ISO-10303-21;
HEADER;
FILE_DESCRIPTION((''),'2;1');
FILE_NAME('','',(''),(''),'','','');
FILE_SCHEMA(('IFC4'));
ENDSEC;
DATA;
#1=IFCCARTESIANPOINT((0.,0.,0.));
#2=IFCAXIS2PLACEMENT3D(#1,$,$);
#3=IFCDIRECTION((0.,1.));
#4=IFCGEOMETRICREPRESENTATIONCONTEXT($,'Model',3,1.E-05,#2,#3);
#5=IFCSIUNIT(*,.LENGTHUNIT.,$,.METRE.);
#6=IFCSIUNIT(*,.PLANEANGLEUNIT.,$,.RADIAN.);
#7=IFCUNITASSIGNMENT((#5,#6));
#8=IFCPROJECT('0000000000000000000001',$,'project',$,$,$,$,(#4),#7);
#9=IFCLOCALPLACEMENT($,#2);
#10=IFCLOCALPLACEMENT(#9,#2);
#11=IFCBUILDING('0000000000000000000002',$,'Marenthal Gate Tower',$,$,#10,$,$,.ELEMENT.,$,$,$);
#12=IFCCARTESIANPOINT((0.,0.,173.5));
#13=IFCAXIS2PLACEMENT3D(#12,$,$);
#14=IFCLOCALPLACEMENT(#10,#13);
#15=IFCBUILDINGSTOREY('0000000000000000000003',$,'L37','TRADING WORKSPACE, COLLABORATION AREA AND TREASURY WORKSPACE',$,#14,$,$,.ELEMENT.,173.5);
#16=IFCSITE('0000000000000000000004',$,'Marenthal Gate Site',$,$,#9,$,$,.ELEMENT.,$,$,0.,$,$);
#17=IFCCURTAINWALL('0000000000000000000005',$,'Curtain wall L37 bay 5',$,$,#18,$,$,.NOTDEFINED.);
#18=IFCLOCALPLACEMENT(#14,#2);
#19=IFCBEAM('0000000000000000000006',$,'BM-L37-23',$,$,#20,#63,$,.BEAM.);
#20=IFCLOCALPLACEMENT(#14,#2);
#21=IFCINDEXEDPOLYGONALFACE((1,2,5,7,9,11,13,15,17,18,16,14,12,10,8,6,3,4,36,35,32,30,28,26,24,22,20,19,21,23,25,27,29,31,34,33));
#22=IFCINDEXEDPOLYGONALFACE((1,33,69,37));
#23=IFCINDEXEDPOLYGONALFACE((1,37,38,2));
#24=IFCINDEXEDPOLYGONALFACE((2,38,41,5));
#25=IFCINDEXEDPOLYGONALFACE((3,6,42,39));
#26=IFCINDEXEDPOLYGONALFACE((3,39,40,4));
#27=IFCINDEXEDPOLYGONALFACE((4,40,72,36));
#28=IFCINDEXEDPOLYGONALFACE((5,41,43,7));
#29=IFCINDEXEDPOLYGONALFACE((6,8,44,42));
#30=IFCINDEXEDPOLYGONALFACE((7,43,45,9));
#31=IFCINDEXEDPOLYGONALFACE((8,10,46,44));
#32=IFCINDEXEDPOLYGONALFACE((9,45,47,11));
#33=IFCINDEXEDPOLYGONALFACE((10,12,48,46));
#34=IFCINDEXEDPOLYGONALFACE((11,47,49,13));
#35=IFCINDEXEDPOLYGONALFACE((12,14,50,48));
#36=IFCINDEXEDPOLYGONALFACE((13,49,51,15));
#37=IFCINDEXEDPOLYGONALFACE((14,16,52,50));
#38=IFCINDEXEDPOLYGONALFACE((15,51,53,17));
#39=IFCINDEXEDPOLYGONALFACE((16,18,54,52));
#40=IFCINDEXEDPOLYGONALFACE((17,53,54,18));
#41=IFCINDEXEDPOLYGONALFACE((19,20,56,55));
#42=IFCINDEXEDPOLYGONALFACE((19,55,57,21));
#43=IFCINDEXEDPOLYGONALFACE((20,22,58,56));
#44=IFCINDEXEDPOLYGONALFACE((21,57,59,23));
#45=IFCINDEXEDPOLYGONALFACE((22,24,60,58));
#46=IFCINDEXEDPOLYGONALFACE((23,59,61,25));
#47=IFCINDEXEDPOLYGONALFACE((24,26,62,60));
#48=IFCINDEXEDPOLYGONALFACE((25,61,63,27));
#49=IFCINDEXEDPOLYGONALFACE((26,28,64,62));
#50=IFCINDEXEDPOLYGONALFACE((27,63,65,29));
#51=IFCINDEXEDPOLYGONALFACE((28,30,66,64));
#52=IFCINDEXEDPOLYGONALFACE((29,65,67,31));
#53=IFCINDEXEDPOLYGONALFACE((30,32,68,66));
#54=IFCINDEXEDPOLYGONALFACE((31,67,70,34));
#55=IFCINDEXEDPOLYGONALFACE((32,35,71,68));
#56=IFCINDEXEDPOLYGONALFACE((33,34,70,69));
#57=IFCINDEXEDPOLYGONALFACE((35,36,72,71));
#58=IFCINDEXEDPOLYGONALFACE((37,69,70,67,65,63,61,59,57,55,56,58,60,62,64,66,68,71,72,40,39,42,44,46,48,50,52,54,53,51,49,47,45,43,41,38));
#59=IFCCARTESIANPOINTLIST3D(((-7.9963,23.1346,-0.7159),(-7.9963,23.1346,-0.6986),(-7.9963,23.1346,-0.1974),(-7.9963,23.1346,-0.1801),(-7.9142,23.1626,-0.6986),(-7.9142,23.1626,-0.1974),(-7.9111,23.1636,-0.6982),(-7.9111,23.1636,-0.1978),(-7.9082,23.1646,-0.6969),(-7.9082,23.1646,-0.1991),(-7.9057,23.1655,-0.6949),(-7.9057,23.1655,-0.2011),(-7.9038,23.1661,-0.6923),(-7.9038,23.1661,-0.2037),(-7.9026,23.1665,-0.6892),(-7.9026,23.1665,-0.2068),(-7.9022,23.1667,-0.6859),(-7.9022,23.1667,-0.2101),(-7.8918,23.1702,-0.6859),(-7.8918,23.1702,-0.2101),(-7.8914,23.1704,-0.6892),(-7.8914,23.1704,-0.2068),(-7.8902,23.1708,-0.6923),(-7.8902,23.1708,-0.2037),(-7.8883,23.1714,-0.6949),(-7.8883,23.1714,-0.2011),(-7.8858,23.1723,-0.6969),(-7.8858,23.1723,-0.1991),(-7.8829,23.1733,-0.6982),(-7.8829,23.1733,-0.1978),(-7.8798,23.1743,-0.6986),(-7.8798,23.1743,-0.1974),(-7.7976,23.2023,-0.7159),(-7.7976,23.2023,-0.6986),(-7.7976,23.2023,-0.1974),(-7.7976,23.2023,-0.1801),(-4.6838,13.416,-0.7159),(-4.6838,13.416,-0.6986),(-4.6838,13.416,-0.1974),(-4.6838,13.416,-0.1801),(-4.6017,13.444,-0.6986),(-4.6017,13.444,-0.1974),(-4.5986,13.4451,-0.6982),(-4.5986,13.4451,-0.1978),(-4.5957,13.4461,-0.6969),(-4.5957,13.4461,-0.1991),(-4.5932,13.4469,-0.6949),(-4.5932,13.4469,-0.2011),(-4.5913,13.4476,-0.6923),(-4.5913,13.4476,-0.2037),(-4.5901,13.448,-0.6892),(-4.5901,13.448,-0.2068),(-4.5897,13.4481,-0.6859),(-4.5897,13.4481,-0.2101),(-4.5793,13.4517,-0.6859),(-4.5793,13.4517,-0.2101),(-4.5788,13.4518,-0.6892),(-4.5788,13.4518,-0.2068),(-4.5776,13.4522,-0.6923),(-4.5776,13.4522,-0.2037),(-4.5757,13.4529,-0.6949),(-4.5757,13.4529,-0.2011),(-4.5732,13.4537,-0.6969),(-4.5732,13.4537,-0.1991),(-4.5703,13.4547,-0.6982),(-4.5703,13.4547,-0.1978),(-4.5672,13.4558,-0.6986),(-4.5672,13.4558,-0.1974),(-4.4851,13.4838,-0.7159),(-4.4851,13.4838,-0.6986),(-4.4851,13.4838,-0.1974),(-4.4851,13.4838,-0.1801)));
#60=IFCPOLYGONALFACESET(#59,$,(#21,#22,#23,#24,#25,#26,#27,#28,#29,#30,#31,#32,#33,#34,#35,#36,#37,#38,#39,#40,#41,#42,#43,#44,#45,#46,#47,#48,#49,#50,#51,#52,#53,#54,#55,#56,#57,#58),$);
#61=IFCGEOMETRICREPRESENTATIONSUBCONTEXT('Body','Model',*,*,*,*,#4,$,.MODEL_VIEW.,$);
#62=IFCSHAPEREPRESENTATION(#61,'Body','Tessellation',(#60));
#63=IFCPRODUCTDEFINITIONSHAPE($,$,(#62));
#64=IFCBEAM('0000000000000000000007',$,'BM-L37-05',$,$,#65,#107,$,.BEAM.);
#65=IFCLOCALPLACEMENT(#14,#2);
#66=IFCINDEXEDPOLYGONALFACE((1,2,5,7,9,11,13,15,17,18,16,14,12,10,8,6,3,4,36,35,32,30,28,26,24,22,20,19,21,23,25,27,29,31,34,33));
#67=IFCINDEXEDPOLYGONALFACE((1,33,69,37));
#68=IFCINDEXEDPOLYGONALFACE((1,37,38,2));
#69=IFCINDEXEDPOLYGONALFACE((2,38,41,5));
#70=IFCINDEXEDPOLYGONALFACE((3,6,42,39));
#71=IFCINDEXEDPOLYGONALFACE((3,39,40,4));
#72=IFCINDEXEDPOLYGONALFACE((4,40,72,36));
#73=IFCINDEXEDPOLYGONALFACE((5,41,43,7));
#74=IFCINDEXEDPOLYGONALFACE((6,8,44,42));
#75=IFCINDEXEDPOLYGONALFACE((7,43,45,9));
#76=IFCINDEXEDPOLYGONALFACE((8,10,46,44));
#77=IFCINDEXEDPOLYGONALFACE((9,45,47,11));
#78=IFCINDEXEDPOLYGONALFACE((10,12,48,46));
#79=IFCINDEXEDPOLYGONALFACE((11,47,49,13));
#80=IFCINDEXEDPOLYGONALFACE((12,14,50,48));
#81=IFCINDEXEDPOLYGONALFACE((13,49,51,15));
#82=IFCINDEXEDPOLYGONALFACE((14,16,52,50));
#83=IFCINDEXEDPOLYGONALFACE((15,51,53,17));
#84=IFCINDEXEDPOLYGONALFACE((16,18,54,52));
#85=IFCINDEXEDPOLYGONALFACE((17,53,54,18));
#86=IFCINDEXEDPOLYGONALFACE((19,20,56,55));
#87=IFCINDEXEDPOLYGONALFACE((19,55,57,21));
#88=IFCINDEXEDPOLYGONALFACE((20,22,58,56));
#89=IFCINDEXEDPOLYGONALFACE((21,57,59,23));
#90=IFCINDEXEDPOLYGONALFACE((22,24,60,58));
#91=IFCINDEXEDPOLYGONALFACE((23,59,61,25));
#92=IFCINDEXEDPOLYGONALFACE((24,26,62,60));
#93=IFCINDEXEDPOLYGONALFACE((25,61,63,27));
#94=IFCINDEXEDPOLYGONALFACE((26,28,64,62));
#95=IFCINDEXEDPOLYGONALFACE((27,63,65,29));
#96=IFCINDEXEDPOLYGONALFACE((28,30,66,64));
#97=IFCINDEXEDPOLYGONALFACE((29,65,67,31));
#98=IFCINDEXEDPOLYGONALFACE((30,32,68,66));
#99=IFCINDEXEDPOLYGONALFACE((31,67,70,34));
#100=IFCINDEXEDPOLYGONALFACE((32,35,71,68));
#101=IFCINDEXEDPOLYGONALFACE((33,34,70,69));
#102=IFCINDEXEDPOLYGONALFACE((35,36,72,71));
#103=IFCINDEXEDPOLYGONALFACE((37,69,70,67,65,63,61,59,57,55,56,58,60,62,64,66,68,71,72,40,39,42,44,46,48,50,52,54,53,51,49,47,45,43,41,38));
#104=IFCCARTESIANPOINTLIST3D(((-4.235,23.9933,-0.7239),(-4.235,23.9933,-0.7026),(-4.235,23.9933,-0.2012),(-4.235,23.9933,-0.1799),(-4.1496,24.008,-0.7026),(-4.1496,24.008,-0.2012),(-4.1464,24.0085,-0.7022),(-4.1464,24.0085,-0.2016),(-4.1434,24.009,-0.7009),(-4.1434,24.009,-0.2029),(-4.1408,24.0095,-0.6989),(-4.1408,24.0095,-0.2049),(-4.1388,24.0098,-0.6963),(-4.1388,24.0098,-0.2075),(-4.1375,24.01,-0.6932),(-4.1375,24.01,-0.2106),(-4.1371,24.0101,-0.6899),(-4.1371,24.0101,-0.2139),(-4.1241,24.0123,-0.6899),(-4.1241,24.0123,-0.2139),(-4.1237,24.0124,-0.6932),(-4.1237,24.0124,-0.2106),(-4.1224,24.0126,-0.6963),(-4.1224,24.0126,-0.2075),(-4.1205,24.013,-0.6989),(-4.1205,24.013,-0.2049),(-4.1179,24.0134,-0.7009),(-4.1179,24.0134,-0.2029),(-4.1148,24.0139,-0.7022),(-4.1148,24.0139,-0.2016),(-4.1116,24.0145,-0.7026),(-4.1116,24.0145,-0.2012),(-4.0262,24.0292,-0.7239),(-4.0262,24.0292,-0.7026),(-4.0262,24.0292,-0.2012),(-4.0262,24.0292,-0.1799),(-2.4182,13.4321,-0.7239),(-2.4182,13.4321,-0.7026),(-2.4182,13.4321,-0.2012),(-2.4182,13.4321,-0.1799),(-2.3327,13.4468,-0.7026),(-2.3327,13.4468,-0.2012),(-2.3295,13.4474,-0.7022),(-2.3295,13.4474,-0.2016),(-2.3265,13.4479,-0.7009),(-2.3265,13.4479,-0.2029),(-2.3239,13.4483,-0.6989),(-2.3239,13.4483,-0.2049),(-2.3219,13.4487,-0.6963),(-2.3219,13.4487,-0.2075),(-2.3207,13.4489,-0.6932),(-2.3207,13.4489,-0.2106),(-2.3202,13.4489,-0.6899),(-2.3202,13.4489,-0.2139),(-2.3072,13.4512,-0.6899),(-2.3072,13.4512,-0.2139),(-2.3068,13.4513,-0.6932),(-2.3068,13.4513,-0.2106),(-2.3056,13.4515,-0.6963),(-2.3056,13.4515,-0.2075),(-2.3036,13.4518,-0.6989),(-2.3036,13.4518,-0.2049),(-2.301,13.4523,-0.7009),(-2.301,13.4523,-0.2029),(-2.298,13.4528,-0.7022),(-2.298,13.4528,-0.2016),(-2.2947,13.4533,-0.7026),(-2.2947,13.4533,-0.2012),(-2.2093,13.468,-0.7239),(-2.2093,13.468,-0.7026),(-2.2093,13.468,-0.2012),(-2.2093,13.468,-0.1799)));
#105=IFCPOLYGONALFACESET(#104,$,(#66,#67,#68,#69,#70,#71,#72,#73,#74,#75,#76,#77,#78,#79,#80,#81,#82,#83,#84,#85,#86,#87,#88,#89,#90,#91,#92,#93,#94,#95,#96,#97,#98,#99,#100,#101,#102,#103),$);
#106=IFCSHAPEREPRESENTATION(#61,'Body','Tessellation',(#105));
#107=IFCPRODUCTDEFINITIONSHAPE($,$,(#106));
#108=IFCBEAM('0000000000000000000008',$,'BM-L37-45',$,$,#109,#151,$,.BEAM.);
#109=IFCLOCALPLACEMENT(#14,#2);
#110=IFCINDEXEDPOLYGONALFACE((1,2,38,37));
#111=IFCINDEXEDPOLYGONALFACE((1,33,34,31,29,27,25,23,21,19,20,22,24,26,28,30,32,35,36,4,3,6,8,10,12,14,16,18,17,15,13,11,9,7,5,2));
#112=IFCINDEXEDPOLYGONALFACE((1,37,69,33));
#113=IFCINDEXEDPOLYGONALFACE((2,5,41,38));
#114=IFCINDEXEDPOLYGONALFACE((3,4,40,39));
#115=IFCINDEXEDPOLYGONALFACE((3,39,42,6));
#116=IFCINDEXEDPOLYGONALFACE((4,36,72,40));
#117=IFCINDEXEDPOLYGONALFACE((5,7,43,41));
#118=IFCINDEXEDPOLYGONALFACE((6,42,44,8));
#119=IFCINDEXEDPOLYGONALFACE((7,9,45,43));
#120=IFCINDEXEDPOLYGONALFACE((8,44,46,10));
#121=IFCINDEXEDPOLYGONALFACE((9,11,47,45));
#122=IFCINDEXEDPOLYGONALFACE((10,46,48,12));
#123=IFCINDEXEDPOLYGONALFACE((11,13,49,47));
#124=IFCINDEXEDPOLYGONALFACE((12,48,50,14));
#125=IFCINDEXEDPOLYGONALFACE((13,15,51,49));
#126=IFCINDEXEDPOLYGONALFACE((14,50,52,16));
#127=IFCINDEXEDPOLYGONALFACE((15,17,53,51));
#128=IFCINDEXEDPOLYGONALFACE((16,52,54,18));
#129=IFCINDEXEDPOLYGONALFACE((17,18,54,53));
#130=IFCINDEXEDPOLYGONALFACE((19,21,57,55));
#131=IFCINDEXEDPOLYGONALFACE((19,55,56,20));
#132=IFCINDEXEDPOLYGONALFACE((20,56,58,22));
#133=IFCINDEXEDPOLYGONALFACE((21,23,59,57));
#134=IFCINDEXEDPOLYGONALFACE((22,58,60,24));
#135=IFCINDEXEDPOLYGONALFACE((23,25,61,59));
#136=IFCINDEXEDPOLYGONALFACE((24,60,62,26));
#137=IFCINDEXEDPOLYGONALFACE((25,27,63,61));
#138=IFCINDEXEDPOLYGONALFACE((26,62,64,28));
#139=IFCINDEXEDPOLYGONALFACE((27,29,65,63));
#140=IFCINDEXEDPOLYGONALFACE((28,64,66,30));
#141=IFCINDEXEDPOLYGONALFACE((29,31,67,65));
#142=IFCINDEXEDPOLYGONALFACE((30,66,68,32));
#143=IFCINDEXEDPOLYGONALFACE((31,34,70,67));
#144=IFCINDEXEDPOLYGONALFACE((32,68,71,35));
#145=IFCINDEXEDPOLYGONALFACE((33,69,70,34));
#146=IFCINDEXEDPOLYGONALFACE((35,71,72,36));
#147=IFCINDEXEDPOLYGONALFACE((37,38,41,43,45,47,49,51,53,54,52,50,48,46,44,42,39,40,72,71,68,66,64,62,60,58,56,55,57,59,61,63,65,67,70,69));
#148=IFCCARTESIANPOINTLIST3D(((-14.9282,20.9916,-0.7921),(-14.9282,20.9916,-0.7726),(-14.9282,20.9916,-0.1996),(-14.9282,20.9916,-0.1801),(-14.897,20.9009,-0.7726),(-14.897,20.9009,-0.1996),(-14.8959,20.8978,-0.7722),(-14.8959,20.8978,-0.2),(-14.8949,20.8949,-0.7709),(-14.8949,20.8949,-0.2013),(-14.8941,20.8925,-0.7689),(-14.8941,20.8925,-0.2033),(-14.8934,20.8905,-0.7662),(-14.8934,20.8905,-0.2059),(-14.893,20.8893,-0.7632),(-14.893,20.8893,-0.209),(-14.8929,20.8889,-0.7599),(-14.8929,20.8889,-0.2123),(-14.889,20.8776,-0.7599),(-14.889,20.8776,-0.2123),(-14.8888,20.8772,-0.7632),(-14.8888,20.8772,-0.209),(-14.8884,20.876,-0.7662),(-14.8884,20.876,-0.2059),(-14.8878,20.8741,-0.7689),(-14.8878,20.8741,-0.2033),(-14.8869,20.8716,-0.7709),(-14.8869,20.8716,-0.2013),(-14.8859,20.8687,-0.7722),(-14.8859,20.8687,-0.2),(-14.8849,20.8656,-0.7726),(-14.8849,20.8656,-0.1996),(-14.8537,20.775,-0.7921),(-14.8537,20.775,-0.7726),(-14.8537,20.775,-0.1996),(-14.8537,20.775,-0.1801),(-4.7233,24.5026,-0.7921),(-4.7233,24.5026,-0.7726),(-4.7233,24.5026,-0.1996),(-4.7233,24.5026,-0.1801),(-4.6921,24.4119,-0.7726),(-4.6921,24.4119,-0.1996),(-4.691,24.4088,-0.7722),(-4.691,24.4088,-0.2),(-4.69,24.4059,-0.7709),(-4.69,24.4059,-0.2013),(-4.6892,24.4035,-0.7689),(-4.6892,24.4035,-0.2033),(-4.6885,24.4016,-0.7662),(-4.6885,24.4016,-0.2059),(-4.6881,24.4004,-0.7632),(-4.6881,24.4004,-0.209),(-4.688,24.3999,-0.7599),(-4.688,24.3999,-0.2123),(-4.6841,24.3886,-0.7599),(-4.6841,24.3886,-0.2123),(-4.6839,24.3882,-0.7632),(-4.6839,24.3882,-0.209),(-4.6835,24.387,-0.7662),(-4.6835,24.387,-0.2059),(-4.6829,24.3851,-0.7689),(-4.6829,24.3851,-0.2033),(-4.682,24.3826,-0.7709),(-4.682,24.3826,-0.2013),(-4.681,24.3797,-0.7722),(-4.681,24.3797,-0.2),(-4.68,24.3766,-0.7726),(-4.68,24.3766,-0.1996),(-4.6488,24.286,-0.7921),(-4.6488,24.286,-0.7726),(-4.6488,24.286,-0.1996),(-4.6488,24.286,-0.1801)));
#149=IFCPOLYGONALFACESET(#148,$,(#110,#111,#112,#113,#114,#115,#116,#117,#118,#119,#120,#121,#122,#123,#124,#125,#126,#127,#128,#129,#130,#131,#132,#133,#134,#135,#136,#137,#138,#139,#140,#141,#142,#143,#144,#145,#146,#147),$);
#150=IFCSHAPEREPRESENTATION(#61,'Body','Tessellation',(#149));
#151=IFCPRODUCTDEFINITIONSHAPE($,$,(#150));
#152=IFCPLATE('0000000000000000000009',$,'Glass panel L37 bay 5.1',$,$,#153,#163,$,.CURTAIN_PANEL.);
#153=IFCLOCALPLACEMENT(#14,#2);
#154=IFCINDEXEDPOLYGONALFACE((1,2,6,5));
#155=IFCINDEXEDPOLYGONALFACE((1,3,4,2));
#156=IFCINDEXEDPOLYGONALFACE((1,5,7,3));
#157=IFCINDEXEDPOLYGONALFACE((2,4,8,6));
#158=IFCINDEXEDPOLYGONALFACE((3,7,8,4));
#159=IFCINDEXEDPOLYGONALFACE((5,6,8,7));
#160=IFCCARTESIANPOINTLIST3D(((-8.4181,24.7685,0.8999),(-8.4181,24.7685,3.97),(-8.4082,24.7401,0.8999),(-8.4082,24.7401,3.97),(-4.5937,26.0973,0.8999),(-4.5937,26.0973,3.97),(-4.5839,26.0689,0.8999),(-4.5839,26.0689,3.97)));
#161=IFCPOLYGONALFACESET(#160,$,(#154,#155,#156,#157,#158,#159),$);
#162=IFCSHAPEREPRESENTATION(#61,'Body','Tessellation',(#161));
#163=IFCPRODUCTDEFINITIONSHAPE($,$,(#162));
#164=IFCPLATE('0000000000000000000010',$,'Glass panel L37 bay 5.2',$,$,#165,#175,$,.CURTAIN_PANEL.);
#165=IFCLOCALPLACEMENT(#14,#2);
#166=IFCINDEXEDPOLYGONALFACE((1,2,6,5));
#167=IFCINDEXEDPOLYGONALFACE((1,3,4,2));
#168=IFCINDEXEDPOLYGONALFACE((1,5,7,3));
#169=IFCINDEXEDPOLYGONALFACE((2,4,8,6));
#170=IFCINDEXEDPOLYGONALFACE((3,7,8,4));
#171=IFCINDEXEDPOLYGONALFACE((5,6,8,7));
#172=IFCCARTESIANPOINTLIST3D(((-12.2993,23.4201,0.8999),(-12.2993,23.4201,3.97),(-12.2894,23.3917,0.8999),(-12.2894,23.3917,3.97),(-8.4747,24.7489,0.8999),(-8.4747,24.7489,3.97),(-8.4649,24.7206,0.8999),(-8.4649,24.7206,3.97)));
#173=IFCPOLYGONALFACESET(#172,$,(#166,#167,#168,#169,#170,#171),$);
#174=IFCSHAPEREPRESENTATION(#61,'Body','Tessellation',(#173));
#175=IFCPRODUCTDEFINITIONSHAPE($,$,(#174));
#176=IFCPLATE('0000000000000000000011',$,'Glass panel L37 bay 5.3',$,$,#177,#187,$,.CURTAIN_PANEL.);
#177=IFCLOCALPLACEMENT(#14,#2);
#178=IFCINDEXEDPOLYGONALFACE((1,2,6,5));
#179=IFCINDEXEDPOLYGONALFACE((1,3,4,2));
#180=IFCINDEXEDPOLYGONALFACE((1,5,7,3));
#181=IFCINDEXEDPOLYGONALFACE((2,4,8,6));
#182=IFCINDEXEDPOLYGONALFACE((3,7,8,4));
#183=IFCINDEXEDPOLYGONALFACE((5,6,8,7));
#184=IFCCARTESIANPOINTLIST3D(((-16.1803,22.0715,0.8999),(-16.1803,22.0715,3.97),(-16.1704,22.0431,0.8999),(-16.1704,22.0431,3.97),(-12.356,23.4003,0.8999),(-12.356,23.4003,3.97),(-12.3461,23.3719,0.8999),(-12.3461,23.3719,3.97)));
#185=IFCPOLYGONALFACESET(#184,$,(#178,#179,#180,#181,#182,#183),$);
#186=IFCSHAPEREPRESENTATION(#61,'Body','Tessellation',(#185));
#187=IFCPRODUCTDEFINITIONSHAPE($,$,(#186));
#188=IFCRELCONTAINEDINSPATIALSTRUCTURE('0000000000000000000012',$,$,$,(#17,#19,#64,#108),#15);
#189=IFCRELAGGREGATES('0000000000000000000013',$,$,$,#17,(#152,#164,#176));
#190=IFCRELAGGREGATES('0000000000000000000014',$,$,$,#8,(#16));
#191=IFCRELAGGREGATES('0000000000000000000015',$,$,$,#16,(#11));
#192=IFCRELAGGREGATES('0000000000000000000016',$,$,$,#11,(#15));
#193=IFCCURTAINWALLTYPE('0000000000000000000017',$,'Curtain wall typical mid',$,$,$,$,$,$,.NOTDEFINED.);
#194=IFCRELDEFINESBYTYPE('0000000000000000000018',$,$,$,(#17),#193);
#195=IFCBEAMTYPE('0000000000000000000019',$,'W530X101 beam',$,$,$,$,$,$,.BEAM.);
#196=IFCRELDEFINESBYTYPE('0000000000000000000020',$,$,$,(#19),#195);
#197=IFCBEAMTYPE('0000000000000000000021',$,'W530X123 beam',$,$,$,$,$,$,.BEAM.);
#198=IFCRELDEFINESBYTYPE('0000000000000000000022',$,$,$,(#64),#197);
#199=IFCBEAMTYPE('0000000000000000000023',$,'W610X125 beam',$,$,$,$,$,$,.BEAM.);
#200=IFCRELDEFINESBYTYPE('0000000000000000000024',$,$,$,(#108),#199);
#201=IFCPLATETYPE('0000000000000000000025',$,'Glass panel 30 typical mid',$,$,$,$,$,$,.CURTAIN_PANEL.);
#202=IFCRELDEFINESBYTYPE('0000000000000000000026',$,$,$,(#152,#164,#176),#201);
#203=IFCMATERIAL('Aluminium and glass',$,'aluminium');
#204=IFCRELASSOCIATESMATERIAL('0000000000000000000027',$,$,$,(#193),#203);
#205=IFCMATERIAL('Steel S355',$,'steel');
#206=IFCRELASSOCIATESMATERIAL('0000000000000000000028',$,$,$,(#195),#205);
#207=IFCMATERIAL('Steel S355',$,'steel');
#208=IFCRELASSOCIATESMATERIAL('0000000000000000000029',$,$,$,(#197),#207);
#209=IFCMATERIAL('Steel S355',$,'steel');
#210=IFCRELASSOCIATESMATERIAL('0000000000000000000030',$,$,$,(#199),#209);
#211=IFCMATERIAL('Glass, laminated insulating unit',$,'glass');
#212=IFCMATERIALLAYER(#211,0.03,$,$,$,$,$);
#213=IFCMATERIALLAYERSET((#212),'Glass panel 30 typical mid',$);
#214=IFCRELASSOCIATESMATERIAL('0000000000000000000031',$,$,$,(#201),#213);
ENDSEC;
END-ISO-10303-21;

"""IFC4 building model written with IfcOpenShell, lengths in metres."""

from ifc_helpers import new_model, si_unit, direction, frame, origin, origin_2d, place, context, subcontext, project, spatial, rectangle, i_section, extrude, material, layer, layer_set, material_profile, profile_set, type_object, element, aggregate, save


model = new_model("IFC4")

# Units and contexts
model_context = context("Model", 3, precision=1e-05, world=origin(), true_north=direction((0.0, 1.0)))
body_context = subcontext(model_context, "Body", "Model", "MODEL_VIEW")
ifc_project = project(units=[si_unit("LENGTHUNIT", "METRE"), si_unit("PLANEANGLEUNIT", "RADIAN")], contexts=[model_context])

# Site, building, storey
site_placement = place(None, origin())
site = spatial("IfcSite", under=ifc_project, at=site_placement, Name="Marenthal Gate Site", CompositionType="ELEMENT", RefElevation=0.0)
building_placement = place(site_placement, origin())
building = spatial("IfcBuilding", under=site, at=building_placement, Name="Marenthal Gate Tower", CompositionType="ELEMENT")
storey_placement = place(building_placement, frame((0.0, 0.0, 173.5)))
storey = spatial("IfcBuildingStorey", under=building, at=storey_placement, Name="L37", Description="TRADING WORKSPACE, COLLABORATION AREA AND TREASURY WORKSPACE", CompositionType="ELEMENT", Elevation=173.5)

# Curtain wall
ifc_material_1 = material(Name="Aluminium and glass", Category="aluminium")
curtain_wall_type = type_object("IfcCurtainWallType", Name="Curtain wall typical mid", PredefinedType="NOTDEFINED", material=ifc_material_1)
curtain_wall_placement = place(storey_placement, origin())
curtain_wall = element("IfcCurtainWall", 1, at=curtain_wall_placement, inside=storey, type_object=curtain_wall_type, Name="Curtain wall L37 bay 5", PredefinedType="NOTDEFINED")

# Beams
ifc_material_2 = material(Name="Steel S355", Category="steel")
ifc_material_profile_1 = material_profile(ifc_material_2, i_section(OverallWidth=0.21, OverallDepth=0.5359, WebThickness=0.011, FlangeThickness=0.0173, FilletRadius=0.0127, at=origin_2d()), Name="W530X101")
ifc_profile_set_1 = profile_set([ifc_material_profile_1], Name="Steel S355")
beam_type_1 = type_object("IfcBeamType", Name="W530X101 beam", PredefinedType="BEAM", material=ifc_profile_set_1)
beam_1_placement = place(storey_placement, frame((-7.897, 23.1685, -0.448), z_axis=(0.322619, -0.946529, 0.0), x_axis=(0.946529, 0.322619, 0.0)))
element("IfcBeam", 2, at=beam_1_placement, inside=storey, type_object=beam_type_1, Name="BM-L37-23", PredefinedType="BEAM", context=body_context, shape_type="SweptSolid", body=[
    extrude(i_section(OverallWidth=0.21, OverallDepth=0.5359, WebThickness=0.011, FlangeThickness=0.0173, FilletRadius=0.0127, at=origin_2d()), origin(), (0.0, 0.0, 1.0), 10.2676),
])
ifc_material_3 = material(Name="Steel S355", Category="steel")
ifc_material_profile_2 = material_profile(ifc_material_3, i_section(OverallWidth=0.2119, OverallDepth=0.5439, WebThickness=0.0132, FlangeThickness=0.0212, FilletRadius=0.0127, at=origin_2d()), Name="W530X123")
ifc_profile_set_2 = profile_set([ifc_material_profile_2], Name="Steel S355")
beam_type_2 = type_object("IfcBeamType", Name="W530X123 beam", PredefinedType="BEAM", material=ifc_profile_set_2)
beam_2_placement = place(storey_placement, frame((-4.1306, 24.0112, -0.4519), z_axis=(0.169543, -0.985523, 0.0), x_axis=(0.985523, 0.169543, 0.0)))
element("IfcBeam", 3, at=beam_2_placement, inside=storey, type_object=beam_type_2, Name="BM-L37-05", PredefinedType="BEAM", context=body_context, shape_type="SweptSolid", body=[
    extrude(i_section(OverallWidth=0.2119, OverallDepth=0.5439, WebThickness=0.0132, FlangeThickness=0.0212, FilletRadius=0.0127, at=origin_2d()), origin(), (0.0, 0.0, 1.0), 10.7163),
])
ifc_material_4 = material(Name="Steel S355", Category="steel")
ifc_material_profile_3 = material_profile(ifc_material_4, i_section(OverallWidth=0.229, OverallDepth=0.6121, WebThickness=0.012, FlangeThickness=0.0195, FilletRadius=0.0127, at=origin_2d()), Name="W610X125")
ifc_profile_set_3 = profile_set([ifc_material_profile_3], Name="Steel S355")
beam_type_3 = type_object("IfcBeamType", Name="W610X125 beam", PredefinedType="BEAM", material=ifc_profile_set_3)
beam_3_placement = place(storey_placement, frame((-4.686, 24.3943, -0.4861), z_axis=(-0.945599, -0.325335, 0.0), x_axis=(0.325335, -0.945599, 0.0)))
element("IfcBeam", 4, at=beam_3_placement, inside=storey, type_object=beam_type_3, Name="BM-L37-45", PredefinedType="BEAM", context=body_context, shape_type="SweptSolid", body=[
    extrude(i_section(OverallWidth=0.229, OverallDepth=0.6121, WebThickness=0.012, FlangeThickness=0.0195, FilletRadius=0.0127, at=origin_2d()), origin(), (0.0, 0.0, 1.0), 10.792),
])

# Plates
ifc_material_5 = material(Name="Glass, laminated insulating unit", Category="glass")
ifc_layer_1 = layer(ifc_material_5, 0.03)
ifc_layer_set_1 = layer_set([ifc_layer_1], Name="Glass panel 30 typical mid")
plate_type = type_object("IfcPlateType", Name="Glass panel 30 typical mid", PredefinedType="CURTAIN_PANEL", material=ifc_layer_set_1)
plate_1_placement = place(storey_placement, frame((-6.501, 25.4187, 0.8999), z_axis=(0.0, 0.0, 1.0), x_axis=(-0.944604, -0.328211, 0.0)))
plate_1 = element("IfcPlate", 5, at=plate_1_placement, type_object=plate_type, Name="Glass panel L37 bay 5.1", PredefinedType="CURTAIN_PANEL", context=body_context, shape_type="SweptSolid", body=[
    extrude(rectangle(XDim=4.0486, YDim=0.03, at=origin_2d()), origin(), (0.0, 0.0, 1.0), 3.0701),
])
plate_2_placement = place(storey_placement, frame((-10.3821, 24.0703, 0.8999), z_axis=(0.0, 0.0, 1.0), x_axis=(-0.944604, -0.328211, 0.0)))
plate_2 = element("IfcPlate", 6, at=plate_2_placement, type_object=plate_type, Name="Glass panel L37 bay 5.2", PredefinedType="CURTAIN_PANEL", context=body_context, shape_type="SweptSolid", body=[
    extrude(rectangle(XDim=4.0488, YDim=0.03, at=origin_2d()), origin(), (0.0, 0.0, 1.0), 3.0701),
])
plate_3_placement = place(storey_placement, frame((-14.2632, 22.7217, 0.8999), z_axis=(0.0, 0.0, 1.0), x_axis=(-0.944604, -0.328211, 0.0)))
plate_3 = element("IfcPlate", 7, at=plate_3_placement, type_object=plate_type, Name="Glass panel L37 bay 5.3", PredefinedType="CURTAIN_PANEL", context=body_context, shape_type="SweptSolid", body=[
    extrude(rectangle(XDim=4.0486, YDim=0.03, at=origin_2d()), origin(), (0.0, 0.0, 1.0), 3.0701),
])
aggregate(curtain_wall, [plate_1, plate_2, plate_3])

save(model, "model.ifc")
